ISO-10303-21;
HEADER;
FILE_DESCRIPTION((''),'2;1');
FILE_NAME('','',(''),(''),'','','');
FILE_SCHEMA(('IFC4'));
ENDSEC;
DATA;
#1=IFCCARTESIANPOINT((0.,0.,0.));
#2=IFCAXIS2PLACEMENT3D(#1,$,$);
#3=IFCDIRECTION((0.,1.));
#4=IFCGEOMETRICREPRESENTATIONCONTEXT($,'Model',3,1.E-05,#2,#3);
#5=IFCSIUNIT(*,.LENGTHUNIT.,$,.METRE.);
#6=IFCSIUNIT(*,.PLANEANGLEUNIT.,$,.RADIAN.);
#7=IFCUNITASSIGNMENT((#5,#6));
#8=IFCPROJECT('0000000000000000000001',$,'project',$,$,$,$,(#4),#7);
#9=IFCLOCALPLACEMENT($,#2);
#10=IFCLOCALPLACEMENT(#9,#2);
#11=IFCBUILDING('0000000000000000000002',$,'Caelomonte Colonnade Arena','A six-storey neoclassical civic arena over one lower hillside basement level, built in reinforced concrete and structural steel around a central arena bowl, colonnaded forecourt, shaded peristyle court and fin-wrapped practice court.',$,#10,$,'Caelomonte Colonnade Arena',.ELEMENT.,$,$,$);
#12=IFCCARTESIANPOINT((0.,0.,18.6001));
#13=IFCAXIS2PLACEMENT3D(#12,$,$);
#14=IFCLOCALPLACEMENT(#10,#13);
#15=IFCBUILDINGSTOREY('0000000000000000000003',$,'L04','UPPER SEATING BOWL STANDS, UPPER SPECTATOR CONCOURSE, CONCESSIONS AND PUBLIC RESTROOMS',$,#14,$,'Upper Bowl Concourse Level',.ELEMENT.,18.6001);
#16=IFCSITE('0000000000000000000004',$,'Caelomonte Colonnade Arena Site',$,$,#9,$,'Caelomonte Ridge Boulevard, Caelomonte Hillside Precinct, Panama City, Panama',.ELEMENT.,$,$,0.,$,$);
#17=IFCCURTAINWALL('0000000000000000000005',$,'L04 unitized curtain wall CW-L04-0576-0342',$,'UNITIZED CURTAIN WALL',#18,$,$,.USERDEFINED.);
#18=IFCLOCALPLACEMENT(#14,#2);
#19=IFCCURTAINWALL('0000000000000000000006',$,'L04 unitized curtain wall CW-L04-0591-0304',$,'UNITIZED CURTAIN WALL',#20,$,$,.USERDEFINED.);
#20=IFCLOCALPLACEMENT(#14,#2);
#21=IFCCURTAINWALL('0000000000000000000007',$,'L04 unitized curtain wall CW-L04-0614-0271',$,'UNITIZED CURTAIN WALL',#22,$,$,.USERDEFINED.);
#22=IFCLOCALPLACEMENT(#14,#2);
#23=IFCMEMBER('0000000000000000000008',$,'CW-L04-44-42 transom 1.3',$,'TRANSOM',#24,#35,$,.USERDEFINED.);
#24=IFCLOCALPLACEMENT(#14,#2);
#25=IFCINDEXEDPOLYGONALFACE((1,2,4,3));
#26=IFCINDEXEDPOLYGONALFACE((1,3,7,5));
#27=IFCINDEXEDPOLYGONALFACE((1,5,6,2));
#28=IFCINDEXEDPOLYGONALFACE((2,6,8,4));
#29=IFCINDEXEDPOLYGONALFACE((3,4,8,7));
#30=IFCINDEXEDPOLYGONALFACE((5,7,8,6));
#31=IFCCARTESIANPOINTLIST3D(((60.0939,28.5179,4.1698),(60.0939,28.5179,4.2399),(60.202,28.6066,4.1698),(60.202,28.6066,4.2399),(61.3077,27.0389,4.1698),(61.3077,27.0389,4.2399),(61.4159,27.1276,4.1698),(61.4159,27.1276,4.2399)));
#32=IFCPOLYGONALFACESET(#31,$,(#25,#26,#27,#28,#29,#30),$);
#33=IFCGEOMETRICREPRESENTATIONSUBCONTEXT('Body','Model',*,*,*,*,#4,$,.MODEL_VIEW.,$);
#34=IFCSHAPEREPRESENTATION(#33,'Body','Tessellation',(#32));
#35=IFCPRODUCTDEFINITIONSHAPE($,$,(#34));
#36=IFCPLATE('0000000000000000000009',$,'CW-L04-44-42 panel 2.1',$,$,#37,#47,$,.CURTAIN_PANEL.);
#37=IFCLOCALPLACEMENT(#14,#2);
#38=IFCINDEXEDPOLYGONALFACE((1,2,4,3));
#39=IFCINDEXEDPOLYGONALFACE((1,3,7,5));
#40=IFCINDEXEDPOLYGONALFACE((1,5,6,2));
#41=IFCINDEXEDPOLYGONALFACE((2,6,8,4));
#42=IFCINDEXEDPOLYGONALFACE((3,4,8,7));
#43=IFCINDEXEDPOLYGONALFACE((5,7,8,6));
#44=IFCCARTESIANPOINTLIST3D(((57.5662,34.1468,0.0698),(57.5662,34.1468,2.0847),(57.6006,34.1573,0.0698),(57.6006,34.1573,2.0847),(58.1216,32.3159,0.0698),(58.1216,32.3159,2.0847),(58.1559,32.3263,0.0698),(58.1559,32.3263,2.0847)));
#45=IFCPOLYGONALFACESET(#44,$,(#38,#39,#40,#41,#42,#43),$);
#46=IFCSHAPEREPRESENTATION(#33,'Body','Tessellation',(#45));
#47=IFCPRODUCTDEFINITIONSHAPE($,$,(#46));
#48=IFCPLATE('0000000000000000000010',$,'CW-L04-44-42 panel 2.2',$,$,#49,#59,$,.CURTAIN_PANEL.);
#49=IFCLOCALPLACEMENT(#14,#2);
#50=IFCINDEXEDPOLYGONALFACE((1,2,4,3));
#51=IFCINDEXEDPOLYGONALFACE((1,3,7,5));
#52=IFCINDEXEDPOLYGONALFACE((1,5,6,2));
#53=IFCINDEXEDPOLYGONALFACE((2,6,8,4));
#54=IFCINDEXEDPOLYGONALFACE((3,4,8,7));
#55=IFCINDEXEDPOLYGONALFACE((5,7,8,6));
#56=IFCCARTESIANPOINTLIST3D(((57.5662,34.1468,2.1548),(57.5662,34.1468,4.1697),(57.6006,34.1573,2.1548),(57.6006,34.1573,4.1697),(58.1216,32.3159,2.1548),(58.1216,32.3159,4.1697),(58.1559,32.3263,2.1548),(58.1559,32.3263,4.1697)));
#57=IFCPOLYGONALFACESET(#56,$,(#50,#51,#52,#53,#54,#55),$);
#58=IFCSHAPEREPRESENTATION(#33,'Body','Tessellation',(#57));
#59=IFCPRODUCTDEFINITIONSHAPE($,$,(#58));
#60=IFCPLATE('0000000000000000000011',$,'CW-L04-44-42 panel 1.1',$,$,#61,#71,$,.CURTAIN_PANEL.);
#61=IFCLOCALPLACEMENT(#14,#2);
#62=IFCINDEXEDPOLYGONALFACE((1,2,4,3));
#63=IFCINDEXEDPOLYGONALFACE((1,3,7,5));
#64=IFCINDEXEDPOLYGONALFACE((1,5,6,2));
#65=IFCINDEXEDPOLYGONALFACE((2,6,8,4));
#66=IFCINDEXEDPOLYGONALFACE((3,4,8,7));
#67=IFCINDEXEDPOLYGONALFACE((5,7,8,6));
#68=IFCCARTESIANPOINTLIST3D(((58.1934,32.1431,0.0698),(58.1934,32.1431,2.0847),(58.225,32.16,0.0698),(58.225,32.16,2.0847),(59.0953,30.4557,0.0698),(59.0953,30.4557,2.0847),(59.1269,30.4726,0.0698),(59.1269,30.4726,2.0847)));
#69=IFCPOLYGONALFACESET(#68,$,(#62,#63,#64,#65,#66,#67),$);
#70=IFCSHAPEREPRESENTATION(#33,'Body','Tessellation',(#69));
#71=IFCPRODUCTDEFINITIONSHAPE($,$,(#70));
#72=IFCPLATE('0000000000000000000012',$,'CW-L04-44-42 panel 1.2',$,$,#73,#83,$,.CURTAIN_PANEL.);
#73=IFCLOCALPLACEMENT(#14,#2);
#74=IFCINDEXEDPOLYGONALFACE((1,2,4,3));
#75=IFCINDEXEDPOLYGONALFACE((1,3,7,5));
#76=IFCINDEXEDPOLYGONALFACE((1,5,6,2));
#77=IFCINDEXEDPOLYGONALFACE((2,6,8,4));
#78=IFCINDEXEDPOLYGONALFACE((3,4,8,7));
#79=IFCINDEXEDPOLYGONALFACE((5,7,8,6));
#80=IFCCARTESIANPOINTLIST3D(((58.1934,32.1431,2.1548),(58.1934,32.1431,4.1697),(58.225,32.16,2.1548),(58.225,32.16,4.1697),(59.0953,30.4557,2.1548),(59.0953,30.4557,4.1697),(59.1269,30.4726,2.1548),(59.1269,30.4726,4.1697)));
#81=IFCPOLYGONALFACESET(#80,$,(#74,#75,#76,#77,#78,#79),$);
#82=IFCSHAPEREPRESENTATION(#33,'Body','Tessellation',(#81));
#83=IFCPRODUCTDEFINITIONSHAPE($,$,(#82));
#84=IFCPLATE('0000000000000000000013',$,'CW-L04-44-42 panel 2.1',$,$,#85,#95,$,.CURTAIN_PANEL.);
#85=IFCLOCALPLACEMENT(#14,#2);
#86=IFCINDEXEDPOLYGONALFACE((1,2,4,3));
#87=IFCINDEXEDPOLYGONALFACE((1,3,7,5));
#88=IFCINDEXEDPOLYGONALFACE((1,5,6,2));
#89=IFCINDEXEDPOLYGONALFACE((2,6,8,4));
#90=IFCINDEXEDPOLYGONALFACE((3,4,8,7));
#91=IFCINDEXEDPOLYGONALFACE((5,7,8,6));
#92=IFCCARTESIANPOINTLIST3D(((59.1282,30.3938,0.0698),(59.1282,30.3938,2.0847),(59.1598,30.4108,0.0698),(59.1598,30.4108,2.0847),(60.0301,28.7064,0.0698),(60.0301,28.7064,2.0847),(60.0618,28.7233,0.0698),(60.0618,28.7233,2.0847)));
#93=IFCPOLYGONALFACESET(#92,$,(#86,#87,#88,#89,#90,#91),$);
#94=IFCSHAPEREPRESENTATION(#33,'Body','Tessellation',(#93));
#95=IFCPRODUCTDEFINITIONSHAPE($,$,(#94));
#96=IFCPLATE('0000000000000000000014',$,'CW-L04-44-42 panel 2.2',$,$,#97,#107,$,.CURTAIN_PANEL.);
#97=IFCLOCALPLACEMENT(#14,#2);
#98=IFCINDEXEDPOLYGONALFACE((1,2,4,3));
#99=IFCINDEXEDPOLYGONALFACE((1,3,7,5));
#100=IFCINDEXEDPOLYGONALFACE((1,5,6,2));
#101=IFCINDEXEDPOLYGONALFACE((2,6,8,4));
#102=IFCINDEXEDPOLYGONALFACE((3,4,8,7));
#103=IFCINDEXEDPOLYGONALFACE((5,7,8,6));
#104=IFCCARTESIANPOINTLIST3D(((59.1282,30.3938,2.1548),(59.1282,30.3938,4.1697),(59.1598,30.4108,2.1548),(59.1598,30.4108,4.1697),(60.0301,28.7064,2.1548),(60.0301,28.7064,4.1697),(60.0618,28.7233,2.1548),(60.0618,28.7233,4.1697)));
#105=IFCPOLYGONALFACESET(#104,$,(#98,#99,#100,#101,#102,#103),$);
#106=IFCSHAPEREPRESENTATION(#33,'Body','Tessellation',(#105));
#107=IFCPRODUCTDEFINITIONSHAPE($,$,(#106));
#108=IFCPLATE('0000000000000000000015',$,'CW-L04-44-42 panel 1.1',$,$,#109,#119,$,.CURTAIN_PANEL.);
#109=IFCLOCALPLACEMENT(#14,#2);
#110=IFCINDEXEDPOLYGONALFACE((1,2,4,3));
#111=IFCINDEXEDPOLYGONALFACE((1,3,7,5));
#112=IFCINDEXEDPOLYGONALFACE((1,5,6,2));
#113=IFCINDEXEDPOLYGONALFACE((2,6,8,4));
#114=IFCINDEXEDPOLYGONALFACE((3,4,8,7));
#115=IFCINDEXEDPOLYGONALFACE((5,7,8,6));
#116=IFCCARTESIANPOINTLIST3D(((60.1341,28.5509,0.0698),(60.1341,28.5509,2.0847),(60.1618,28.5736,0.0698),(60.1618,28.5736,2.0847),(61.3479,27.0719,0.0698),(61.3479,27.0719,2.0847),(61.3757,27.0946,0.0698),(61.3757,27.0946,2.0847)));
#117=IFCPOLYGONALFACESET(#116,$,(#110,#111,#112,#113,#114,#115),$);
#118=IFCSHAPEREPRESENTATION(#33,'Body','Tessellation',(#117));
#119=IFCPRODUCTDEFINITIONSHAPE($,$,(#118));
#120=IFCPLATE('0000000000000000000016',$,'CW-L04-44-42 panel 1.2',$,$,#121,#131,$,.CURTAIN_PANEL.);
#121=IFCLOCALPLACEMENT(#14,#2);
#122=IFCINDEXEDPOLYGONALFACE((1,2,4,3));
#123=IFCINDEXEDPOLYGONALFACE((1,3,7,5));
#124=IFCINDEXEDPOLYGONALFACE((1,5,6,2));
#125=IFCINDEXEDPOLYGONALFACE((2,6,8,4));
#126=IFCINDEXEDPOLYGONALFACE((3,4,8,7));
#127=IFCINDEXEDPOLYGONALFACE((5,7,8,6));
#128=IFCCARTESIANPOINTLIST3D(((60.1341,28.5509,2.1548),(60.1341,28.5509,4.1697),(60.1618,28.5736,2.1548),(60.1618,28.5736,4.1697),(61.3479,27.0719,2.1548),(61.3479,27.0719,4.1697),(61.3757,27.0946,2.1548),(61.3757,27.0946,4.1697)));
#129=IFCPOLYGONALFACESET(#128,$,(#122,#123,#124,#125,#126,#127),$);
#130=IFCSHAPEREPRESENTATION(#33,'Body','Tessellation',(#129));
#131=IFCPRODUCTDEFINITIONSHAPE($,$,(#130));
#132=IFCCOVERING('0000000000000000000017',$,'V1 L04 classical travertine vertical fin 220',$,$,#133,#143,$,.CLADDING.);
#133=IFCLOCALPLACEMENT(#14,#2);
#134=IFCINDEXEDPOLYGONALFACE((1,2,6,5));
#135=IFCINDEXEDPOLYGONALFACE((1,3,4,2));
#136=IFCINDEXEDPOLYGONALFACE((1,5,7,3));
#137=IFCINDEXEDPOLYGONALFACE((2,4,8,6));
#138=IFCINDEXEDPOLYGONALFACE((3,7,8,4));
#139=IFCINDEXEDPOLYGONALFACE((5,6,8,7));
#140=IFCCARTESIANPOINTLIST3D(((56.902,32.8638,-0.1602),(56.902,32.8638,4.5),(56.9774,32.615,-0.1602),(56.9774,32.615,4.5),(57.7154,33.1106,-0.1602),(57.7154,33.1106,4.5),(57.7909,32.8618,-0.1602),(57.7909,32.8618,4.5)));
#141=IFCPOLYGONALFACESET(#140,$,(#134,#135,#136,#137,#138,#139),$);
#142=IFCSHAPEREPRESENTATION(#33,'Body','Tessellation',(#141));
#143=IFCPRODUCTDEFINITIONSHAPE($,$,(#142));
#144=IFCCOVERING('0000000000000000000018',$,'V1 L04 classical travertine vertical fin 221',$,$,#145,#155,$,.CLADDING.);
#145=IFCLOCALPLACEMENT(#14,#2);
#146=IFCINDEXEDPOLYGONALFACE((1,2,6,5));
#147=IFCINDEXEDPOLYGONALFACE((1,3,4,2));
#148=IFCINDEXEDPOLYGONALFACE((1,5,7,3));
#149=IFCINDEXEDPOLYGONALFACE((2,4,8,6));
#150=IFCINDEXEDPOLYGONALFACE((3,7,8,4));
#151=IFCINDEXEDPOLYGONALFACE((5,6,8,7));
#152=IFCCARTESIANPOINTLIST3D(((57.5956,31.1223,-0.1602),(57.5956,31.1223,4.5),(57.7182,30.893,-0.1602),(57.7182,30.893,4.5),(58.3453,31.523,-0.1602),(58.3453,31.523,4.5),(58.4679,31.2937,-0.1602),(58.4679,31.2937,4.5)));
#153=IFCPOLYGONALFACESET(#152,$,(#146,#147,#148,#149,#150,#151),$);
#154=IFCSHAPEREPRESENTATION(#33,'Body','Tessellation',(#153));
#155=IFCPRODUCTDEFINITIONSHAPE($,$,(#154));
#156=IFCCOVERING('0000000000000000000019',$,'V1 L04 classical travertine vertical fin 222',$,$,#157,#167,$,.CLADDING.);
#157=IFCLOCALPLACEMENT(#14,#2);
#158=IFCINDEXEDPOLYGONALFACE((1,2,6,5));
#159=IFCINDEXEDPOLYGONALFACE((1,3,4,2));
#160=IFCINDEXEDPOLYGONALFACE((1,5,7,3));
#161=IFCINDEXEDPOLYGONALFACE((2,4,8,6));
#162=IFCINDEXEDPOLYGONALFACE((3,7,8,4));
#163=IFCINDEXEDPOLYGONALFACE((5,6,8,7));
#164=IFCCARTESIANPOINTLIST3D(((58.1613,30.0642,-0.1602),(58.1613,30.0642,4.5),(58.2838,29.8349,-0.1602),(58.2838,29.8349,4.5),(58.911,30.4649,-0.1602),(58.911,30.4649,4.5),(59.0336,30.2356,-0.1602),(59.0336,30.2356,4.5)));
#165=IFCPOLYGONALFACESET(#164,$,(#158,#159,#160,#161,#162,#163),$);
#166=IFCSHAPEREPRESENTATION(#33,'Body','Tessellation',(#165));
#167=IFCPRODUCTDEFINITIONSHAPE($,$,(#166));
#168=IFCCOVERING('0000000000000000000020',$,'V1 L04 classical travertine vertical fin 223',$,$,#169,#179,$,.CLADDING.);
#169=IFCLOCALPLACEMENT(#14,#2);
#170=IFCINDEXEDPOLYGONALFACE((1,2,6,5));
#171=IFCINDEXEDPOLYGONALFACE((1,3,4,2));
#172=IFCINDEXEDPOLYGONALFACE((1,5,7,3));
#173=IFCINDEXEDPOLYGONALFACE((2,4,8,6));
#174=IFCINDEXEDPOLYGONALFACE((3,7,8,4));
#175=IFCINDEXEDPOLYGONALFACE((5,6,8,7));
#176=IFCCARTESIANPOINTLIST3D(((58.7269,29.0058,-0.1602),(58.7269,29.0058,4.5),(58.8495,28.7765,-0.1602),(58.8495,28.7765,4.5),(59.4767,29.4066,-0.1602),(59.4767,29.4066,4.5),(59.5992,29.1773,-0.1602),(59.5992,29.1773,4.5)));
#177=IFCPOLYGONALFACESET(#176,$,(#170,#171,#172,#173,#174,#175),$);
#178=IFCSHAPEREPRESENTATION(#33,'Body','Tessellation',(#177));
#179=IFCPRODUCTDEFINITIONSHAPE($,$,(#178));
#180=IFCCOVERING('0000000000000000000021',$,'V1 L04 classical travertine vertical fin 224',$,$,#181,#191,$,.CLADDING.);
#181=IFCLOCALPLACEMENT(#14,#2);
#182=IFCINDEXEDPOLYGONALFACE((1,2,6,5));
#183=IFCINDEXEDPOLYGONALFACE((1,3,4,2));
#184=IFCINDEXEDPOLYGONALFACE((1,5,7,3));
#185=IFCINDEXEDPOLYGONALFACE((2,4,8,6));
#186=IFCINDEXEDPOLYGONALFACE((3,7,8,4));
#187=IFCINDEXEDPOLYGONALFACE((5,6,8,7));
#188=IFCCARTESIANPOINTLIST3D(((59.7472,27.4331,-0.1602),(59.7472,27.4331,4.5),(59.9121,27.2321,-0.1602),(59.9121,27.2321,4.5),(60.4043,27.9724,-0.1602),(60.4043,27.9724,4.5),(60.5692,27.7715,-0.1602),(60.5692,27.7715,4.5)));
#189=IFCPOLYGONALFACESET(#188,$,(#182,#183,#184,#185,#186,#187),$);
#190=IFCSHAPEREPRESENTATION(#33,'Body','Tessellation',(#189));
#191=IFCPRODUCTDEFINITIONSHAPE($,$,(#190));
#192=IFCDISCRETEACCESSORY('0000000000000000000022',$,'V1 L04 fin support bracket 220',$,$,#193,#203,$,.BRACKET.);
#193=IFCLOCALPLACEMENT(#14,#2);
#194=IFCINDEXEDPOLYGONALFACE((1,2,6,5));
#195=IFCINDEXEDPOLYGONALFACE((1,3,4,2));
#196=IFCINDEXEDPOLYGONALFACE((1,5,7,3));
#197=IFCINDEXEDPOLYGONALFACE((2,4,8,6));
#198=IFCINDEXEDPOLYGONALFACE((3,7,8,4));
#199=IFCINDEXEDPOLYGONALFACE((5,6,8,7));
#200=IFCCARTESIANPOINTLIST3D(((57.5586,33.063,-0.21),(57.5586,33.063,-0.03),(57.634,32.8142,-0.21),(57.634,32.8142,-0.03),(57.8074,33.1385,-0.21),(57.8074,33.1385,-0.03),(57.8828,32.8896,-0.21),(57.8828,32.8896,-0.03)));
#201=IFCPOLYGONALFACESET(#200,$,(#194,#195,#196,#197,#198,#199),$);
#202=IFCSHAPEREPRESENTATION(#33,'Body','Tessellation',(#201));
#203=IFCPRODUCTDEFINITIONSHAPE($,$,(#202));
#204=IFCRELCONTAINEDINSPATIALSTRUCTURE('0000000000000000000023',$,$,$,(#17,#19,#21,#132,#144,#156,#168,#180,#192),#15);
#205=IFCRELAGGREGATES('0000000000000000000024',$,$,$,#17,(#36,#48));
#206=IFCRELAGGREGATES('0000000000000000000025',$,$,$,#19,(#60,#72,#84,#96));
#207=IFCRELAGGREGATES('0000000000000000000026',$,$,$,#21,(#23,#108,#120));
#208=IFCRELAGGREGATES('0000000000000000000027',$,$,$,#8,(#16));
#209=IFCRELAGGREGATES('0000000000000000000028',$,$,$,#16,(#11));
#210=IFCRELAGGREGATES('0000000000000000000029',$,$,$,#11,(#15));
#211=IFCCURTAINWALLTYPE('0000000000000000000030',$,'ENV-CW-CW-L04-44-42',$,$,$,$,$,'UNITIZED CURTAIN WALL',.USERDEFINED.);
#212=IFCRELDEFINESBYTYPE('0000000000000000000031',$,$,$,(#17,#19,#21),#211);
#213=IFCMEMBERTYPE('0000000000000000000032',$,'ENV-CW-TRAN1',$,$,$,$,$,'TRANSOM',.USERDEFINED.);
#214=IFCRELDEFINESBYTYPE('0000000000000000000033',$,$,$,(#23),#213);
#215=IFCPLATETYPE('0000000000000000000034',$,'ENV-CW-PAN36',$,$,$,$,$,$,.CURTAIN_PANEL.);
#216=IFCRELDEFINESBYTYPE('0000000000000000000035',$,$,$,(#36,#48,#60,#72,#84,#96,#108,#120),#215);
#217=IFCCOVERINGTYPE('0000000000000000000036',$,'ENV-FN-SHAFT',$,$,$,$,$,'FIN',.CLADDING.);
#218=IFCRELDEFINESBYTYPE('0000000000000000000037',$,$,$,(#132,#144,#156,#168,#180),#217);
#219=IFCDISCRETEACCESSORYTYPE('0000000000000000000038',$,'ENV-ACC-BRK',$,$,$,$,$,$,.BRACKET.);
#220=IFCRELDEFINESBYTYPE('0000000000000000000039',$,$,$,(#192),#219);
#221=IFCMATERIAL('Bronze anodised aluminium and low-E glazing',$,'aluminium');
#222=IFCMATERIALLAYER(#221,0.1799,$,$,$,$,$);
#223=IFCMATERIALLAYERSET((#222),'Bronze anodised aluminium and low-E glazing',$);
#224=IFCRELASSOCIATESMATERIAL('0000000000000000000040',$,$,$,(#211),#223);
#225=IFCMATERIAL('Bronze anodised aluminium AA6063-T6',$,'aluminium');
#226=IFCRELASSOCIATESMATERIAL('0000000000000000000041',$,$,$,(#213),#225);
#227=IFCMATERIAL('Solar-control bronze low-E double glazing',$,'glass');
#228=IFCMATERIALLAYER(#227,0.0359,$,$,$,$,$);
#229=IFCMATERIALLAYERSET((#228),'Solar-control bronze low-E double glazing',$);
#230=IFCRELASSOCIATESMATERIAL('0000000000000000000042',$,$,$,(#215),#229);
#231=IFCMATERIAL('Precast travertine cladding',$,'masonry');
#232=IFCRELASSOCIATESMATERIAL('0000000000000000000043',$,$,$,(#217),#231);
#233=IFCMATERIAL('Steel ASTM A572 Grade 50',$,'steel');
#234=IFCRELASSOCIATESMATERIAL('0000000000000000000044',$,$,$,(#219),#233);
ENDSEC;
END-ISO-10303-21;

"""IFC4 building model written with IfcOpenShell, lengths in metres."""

from ifc_helpers import new_model, si_unit, direction, frame, origin, origin_2d, place, context, subcontext, project, spatial, rectangle, extrude, material, layer, layer_set, material_profile, profile_set, type_object, element, aggregate, save


model = new_model("IFC4")

# Units and contexts
model_context = context("Model", 3, precision=1e-05, world=origin(), true_north=direction((0.0, 1.0)))
body_context = subcontext(model_context, "Body", "Model", "MODEL_VIEW")
ifc_project = project(units=[si_unit("LENGTHUNIT", "METRE"), si_unit("PLANEANGLEUNIT", "RADIAN")], contexts=[model_context])

# Site, building, storey
site_placement = place(None, origin())
site = spatial("IfcSite", under=ifc_project, at=site_placement, Name="Caelomonte Colonnade Arena Site", LongName="Caelomonte Ridge Boulevard, Caelomonte Hillside Precinct, Panama City, Panama", CompositionType="ELEMENT", RefElevation=0.0)
building_placement = place(site_placement, origin())
building = spatial("IfcBuilding", under=site, at=building_placement, Name="Caelomonte Colonnade Arena", Description="A six-storey neoclassical civic arena over one lower hillside basement level, built in reinforced concrete and structural steel around a central arena bowl, colonnaded forecourt, shaded peristyle court and fin-wrapped practice court.", LongName="Caelomonte Colonnade Arena", CompositionType="ELEMENT")
storey_placement = place(building_placement, frame((0.0, 0.0, 18.6001)))
storey = spatial("IfcBuildingStorey", under=building, at=storey_placement, Name="L04", Description="UPPER SEATING BOWL STANDS, UPPER SPECTATOR CONCOURSE, CONCESSIONS AND PUBLIC RESTROOMS", LongName="Upper Bowl Concourse Level", CompositionType="ELEMENT", Elevation=18.6001)

# Curtain wall
ifc_material_1 = material(Name="Bronze anodised aluminium and low-E glazing", Category="aluminium")
ifc_layer_1 = layer(ifc_material_1, 0.1799)
ifc_layer_set_1 = layer_set([ifc_layer_1], Name="Bronze anodised aluminium and low-E glazing")
curtain_wall_type = type_object("IfcCurtainWallType", Name="ENV-CW-CW-L04-44-42", ElementType="UNITIZED CURTAIN WALL", PredefinedType="USERDEFINED", material=ifc_layer_set_1)
curtain_wall_1_placement = place(storey_placement, origin())
curtain_wall_1 = element("IfcCurtainWall", 1, at=curtain_wall_1_placement, inside=storey, type_object=curtain_wall_type, Name="L04 unitized curtain wall CW-L04-0576-0342", ObjectType="UNITIZED CURTAIN WALL", PredefinedType="USERDEFINED")
ifc_material_2 = material(Name="Bronze anodised aluminium AA6063-T6", Category="aluminium")

# Curtain walls
curtain_wall_2_placement = place(storey_placement, origin())
curtain_wall_2 = element("IfcCurtainWall", 2, at=curtain_wall_2_placement, inside=storey, type_object=curtain_wall_type, Name="L04 unitized curtain wall CW-L04-0591-0304", ObjectType="UNITIZED CURTAIN WALL", PredefinedType="USERDEFINED")
curtain_wall_3_placement = place(storey_placement, origin())
curtain_wall_3 = element("IfcCurtainWall", 3, at=curtain_wall_3_placement, inside=storey, type_object=curtain_wall_type, Name="L04 unitized curtain wall CW-L04-0614-0271", ObjectType="UNITIZED CURTAIN WALL", PredefinedType="USERDEFINED")

# Member
ifc_material_profile_1 = material_profile(ifc_material_2, rectangle(XDim=0.0701, YDim=0.1399, at=origin_2d()), Name="CWT-70X140")
ifc_profile_set_1 = profile_set([ifc_material_profile_1], Name="Bronze anodised aluminium AA6063-T6")
member_type_1 = type_object("IfcMemberType", Name="ENV-CW-TRAN1", ElementType="TRANSOM", PredefinedType="USERDEFINED", material=ifc_profile_set_1)
member_1_placement = place(storey_placement, frame((60.1479, 28.5623, 4.2048), z_axis=(0.634418, -0.77299, 0.0), x_axis=(0.0, 0.0, 1.0)))
member_1 = element("IfcMember", 4, at=member_1_placement, type_object=member_type_1, Name="CW-L04-44-42 transom 1.3", ObjectType="TRANSOM", PredefinedType="USERDEFINED", context=body_context, shape_type="SweptSolid", body=[
    extrude(rectangle(XDim=0.0701, YDim=0.1399, at=origin_2d()), origin(), (0.0, 0.0, 1.0), 1.9133),
])

# Plates
ifc_material_3 = material(Name="Solar-control bronze low-E double glazing", Category="glass")
ifc_layer_2 = layer(ifc_material_3, 0.0359)
ifc_layer_set_2 = layer_set([ifc_layer_2], Name="Solar-control bronze low-E double glazing")
plate_type = type_object("IfcPlateType", Name="ENV-CW-PAN36", PredefinedType="CURTAIN_PANEL", material=ifc_layer_set_2)
plate_1_placement = place(storey_placement, frame((57.8611, 33.2366, 0.0698), z_axis=(0.0, 0.0, 1.0), x_axis=(0.290256, -0.956949, 0.0)))
plate_1 = element("IfcPlate", 5, at=plate_1_placement, type_object=plate_type, Name="CW-L04-44-42 panel 2.1", PredefinedType="CURTAIN_PANEL", context=body_context, shape_type="SweptSolid", body=[
    extrude(rectangle(XDim=1.9133, YDim=0.0359, at=origin_2d()), origin(), (0.0, 0.0, 1.0), 2.0149),
])
plate_2_placement = place(storey_placement, frame((57.8611, 33.2366, 2.1548), z_axis=(0.0, 0.0, 1.0), x_axis=(0.290256, -0.956949, 0.0)))
plate_2 = element("IfcPlate", 6, at=plate_2_placement, type_object=plate_type, Name="CW-L04-44-42 panel 2.2", PredefinedType="CURTAIN_PANEL", context=body_context, shape_type="SweptSolid", body=[
    extrude(rectangle(XDim=1.9133, YDim=0.0359, at=origin_2d()), origin(), (0.0, 0.0, 1.0), 2.0149),
])
aggregate(curtain_wall_1, [plate_1, plate_2])
plate_3_placement = place(storey_placement, frame((58.6602, 31.3079, 0.0698), z_axis=(0.0, 0.0, 1.0), x_axis=(0.471394, -0.881923, 0.0)))
plate_3 = element("IfcPlate", 7, at=plate_3_placement, type_object=plate_type, Name="CW-L04-44-42 panel 1.1", PredefinedType="CURTAIN_PANEL", context=body_context, shape_type="SweptSolid", body=[
    extrude(rectangle(XDim=1.9133, YDim=0.0359, at=origin_2d()), origin(), (0.0, 0.0, 1.0), 2.0149),
])
plate_4_placement = place(storey_placement, frame((58.6602, 31.3079, 2.1548), z_axis=(0.0, 0.0, 1.0), x_axis=(0.471394, -0.881923, 0.0)))
plate_4 = element("IfcPlate", 8, at=plate_4_placement, type_object=plate_type, Name="CW-L04-44-42 panel 1.2", PredefinedType="CURTAIN_PANEL", context=body_context, shape_type="SweptSolid", body=[
    extrude(rectangle(XDim=1.9133, YDim=0.0359, at=origin_2d()), origin(), (0.0, 0.0, 1.0), 2.0149),
])
plate_5_placement = place(storey_placement, frame((59.595, 29.5586, 0.0698), z_axis=(0.0, 0.0, 1.0), x_axis=(0.471394, -0.881923, 0.0)))
plate_5 = element("IfcPlate", 9, at=plate_5_placement, type_object=plate_type, Name="CW-L04-44-42 panel 2.1", PredefinedType="CURTAIN_PANEL", context=body_context, shape_type="SweptSolid", body=[
    extrude(rectangle(XDim=1.9133, YDim=0.0359, at=origin_2d()), origin(), (0.0, 0.0, 1.0), 2.0149),
])
plate_6_placement = place(storey_placement, frame((59.595, 29.5586, 2.1548), z_axis=(0.0, 0.0, 1.0), x_axis=(0.471394, -0.881923, 0.0)))
plate_6 = element("IfcPlate", 10, at=plate_6_placement, type_object=plate_type, Name="CW-L04-44-42 panel 2.2", PredefinedType="CURTAIN_PANEL", context=body_context, shape_type="SweptSolid", body=[
    extrude(rectangle(XDim=1.9133, YDim=0.0359, at=origin_2d()), origin(), (0.0, 0.0, 1.0), 2.0149),
])
aggregate(curtain_wall_2, [plate_3, plate_4, plate_5, plate_6])
plate_7_placement = place(storey_placement, frame((60.7549, 27.8228, 0.0698), z_axis=(0.0, 0.0, 1.0), x_axis=(0.634416, -0.772992, 0.0)))
plate_7 = element("IfcPlate", 11, at=plate_7_placement, type_object=plate_type, Name="CW-L04-44-42 panel 1.1", PredefinedType="CURTAIN_PANEL", context=body_context, shape_type="SweptSolid", body=[
    extrude(rectangle(XDim=1.9133, YDim=0.0359, at=origin_2d()), origin(), (0.0, 0.0, 1.0), 2.0149),
])
plate_8_placement = place(storey_placement, frame((60.7549, 27.8228, 2.1548), z_axis=(0.0, 0.0, 1.0), x_axis=(0.634416, -0.772992, 0.0)))
plate_8 = element("IfcPlate", 12, at=plate_8_placement, type_object=plate_type, Name="CW-L04-44-42 panel 1.2", PredefinedType="CURTAIN_PANEL", context=body_context, shape_type="SweptSolid", body=[
    extrude(rectangle(XDim=1.9133, YDim=0.0359, at=origin_2d()), origin(), (0.0, 0.0, 1.0), 2.0149),
])
aggregate(curtain_wall_3, [member_1, plate_7, plate_8])

# Coverings
ifc_material_4 = material(Name="Precast travertine cladding", Category="masonry")
ifc_material_profile_2 = material_profile(ifc_material_4, rectangle(XDim=0.26, YDim=0.8501, at=origin_2d()), Name="FIN260X850")
ifc_profile_set_2 = profile_set([ifc_material_profile_2], Name="Precast travertine cladding")
covering_type = type_object("IfcCoveringType", Name="ENV-FN-SHAFT", ElementType="FIN", PredefinedType="CLADDING", material=ifc_profile_set_2)
for number, where, z_axis, x_axis, name in (
    (13, (57.3464, 32.8628, -0.1602), (0.0, 0.0, 1.0), (-0.290276, 0.956943, 0.0), "V1 L04 classical travertine vertical fin 220"),
    (14, (58.0317, 31.208, -0.1602), (0.0, 0.0, 1.0), (-0.471397, 0.881921, 0.0), "V1 L04 classical travertine vertical fin 221"),
    (15, (58.5974, 30.1499, -0.1602), (0.0, 0.0, 1.0), (-0.471397, 0.881921, 0.0), "V1 L04 classical travertine vertical fin 222"),
    (16, (59.1631, 29.0916, -0.1602), (0.0, 0.0, 1.0), (-0.471397, 0.881921, 0.0), "V1 L04 classical travertine vertical fin 223"),
    (17, (60.1582, 27.6023, -0.1602), (0.0, 0.0, 1.0), (-0.634414, 0.772994, 0.0), "V1 L04 classical travertine vertical fin 224"),
):
    element("IfcCovering", number, at=place(storey_placement, frame(where, z_axis=z_axis, x_axis=x_axis)), inside=storey, type_object=covering_type, Name=name, PredefinedType="CLADDING", context=body_context, shape_type="SweptSolid", body=[
        extrude(rectangle(XDim=0.26, YDim=0.8501, at=origin_2d()), origin(), (0.0, 0.0, 1.0), 4.6602),
    ])

# Discrete accessory
ifc_material_5 = material(Name="Steel ASTM A572 Grade 50", Category="steel")
discrete_accessory_type = type_object("IfcDiscreteAccessoryType", Name="ENV-ACC-BRK", PredefinedType="BRACKET", material=ifc_material_5)
for number, where, z_axis, x_axis, name in (
    (18, (57.7207, 32.9763, -0.21), (0.0, 0.0, 1.0), (0.290276, -0.956943, 0.0), "V1 L04 fin support bracket 220"),
):
    element("IfcDiscreteAccessory", number, at=place(storey_placement, frame(where, z_axis=z_axis, x_axis=x_axis)), inside=storey, type_object=discrete_accessory_type, Name=name, PredefinedType="BRACKET", context=body_context, shape_type="SweptSolid", body=[
        extrude(rectangle(XDim=0.26, YDim=0.26, at=origin_2d()), origin(), (0.0, 0.0, 1.0), 0.1799),
    ])

save(model, "model.ifc")
